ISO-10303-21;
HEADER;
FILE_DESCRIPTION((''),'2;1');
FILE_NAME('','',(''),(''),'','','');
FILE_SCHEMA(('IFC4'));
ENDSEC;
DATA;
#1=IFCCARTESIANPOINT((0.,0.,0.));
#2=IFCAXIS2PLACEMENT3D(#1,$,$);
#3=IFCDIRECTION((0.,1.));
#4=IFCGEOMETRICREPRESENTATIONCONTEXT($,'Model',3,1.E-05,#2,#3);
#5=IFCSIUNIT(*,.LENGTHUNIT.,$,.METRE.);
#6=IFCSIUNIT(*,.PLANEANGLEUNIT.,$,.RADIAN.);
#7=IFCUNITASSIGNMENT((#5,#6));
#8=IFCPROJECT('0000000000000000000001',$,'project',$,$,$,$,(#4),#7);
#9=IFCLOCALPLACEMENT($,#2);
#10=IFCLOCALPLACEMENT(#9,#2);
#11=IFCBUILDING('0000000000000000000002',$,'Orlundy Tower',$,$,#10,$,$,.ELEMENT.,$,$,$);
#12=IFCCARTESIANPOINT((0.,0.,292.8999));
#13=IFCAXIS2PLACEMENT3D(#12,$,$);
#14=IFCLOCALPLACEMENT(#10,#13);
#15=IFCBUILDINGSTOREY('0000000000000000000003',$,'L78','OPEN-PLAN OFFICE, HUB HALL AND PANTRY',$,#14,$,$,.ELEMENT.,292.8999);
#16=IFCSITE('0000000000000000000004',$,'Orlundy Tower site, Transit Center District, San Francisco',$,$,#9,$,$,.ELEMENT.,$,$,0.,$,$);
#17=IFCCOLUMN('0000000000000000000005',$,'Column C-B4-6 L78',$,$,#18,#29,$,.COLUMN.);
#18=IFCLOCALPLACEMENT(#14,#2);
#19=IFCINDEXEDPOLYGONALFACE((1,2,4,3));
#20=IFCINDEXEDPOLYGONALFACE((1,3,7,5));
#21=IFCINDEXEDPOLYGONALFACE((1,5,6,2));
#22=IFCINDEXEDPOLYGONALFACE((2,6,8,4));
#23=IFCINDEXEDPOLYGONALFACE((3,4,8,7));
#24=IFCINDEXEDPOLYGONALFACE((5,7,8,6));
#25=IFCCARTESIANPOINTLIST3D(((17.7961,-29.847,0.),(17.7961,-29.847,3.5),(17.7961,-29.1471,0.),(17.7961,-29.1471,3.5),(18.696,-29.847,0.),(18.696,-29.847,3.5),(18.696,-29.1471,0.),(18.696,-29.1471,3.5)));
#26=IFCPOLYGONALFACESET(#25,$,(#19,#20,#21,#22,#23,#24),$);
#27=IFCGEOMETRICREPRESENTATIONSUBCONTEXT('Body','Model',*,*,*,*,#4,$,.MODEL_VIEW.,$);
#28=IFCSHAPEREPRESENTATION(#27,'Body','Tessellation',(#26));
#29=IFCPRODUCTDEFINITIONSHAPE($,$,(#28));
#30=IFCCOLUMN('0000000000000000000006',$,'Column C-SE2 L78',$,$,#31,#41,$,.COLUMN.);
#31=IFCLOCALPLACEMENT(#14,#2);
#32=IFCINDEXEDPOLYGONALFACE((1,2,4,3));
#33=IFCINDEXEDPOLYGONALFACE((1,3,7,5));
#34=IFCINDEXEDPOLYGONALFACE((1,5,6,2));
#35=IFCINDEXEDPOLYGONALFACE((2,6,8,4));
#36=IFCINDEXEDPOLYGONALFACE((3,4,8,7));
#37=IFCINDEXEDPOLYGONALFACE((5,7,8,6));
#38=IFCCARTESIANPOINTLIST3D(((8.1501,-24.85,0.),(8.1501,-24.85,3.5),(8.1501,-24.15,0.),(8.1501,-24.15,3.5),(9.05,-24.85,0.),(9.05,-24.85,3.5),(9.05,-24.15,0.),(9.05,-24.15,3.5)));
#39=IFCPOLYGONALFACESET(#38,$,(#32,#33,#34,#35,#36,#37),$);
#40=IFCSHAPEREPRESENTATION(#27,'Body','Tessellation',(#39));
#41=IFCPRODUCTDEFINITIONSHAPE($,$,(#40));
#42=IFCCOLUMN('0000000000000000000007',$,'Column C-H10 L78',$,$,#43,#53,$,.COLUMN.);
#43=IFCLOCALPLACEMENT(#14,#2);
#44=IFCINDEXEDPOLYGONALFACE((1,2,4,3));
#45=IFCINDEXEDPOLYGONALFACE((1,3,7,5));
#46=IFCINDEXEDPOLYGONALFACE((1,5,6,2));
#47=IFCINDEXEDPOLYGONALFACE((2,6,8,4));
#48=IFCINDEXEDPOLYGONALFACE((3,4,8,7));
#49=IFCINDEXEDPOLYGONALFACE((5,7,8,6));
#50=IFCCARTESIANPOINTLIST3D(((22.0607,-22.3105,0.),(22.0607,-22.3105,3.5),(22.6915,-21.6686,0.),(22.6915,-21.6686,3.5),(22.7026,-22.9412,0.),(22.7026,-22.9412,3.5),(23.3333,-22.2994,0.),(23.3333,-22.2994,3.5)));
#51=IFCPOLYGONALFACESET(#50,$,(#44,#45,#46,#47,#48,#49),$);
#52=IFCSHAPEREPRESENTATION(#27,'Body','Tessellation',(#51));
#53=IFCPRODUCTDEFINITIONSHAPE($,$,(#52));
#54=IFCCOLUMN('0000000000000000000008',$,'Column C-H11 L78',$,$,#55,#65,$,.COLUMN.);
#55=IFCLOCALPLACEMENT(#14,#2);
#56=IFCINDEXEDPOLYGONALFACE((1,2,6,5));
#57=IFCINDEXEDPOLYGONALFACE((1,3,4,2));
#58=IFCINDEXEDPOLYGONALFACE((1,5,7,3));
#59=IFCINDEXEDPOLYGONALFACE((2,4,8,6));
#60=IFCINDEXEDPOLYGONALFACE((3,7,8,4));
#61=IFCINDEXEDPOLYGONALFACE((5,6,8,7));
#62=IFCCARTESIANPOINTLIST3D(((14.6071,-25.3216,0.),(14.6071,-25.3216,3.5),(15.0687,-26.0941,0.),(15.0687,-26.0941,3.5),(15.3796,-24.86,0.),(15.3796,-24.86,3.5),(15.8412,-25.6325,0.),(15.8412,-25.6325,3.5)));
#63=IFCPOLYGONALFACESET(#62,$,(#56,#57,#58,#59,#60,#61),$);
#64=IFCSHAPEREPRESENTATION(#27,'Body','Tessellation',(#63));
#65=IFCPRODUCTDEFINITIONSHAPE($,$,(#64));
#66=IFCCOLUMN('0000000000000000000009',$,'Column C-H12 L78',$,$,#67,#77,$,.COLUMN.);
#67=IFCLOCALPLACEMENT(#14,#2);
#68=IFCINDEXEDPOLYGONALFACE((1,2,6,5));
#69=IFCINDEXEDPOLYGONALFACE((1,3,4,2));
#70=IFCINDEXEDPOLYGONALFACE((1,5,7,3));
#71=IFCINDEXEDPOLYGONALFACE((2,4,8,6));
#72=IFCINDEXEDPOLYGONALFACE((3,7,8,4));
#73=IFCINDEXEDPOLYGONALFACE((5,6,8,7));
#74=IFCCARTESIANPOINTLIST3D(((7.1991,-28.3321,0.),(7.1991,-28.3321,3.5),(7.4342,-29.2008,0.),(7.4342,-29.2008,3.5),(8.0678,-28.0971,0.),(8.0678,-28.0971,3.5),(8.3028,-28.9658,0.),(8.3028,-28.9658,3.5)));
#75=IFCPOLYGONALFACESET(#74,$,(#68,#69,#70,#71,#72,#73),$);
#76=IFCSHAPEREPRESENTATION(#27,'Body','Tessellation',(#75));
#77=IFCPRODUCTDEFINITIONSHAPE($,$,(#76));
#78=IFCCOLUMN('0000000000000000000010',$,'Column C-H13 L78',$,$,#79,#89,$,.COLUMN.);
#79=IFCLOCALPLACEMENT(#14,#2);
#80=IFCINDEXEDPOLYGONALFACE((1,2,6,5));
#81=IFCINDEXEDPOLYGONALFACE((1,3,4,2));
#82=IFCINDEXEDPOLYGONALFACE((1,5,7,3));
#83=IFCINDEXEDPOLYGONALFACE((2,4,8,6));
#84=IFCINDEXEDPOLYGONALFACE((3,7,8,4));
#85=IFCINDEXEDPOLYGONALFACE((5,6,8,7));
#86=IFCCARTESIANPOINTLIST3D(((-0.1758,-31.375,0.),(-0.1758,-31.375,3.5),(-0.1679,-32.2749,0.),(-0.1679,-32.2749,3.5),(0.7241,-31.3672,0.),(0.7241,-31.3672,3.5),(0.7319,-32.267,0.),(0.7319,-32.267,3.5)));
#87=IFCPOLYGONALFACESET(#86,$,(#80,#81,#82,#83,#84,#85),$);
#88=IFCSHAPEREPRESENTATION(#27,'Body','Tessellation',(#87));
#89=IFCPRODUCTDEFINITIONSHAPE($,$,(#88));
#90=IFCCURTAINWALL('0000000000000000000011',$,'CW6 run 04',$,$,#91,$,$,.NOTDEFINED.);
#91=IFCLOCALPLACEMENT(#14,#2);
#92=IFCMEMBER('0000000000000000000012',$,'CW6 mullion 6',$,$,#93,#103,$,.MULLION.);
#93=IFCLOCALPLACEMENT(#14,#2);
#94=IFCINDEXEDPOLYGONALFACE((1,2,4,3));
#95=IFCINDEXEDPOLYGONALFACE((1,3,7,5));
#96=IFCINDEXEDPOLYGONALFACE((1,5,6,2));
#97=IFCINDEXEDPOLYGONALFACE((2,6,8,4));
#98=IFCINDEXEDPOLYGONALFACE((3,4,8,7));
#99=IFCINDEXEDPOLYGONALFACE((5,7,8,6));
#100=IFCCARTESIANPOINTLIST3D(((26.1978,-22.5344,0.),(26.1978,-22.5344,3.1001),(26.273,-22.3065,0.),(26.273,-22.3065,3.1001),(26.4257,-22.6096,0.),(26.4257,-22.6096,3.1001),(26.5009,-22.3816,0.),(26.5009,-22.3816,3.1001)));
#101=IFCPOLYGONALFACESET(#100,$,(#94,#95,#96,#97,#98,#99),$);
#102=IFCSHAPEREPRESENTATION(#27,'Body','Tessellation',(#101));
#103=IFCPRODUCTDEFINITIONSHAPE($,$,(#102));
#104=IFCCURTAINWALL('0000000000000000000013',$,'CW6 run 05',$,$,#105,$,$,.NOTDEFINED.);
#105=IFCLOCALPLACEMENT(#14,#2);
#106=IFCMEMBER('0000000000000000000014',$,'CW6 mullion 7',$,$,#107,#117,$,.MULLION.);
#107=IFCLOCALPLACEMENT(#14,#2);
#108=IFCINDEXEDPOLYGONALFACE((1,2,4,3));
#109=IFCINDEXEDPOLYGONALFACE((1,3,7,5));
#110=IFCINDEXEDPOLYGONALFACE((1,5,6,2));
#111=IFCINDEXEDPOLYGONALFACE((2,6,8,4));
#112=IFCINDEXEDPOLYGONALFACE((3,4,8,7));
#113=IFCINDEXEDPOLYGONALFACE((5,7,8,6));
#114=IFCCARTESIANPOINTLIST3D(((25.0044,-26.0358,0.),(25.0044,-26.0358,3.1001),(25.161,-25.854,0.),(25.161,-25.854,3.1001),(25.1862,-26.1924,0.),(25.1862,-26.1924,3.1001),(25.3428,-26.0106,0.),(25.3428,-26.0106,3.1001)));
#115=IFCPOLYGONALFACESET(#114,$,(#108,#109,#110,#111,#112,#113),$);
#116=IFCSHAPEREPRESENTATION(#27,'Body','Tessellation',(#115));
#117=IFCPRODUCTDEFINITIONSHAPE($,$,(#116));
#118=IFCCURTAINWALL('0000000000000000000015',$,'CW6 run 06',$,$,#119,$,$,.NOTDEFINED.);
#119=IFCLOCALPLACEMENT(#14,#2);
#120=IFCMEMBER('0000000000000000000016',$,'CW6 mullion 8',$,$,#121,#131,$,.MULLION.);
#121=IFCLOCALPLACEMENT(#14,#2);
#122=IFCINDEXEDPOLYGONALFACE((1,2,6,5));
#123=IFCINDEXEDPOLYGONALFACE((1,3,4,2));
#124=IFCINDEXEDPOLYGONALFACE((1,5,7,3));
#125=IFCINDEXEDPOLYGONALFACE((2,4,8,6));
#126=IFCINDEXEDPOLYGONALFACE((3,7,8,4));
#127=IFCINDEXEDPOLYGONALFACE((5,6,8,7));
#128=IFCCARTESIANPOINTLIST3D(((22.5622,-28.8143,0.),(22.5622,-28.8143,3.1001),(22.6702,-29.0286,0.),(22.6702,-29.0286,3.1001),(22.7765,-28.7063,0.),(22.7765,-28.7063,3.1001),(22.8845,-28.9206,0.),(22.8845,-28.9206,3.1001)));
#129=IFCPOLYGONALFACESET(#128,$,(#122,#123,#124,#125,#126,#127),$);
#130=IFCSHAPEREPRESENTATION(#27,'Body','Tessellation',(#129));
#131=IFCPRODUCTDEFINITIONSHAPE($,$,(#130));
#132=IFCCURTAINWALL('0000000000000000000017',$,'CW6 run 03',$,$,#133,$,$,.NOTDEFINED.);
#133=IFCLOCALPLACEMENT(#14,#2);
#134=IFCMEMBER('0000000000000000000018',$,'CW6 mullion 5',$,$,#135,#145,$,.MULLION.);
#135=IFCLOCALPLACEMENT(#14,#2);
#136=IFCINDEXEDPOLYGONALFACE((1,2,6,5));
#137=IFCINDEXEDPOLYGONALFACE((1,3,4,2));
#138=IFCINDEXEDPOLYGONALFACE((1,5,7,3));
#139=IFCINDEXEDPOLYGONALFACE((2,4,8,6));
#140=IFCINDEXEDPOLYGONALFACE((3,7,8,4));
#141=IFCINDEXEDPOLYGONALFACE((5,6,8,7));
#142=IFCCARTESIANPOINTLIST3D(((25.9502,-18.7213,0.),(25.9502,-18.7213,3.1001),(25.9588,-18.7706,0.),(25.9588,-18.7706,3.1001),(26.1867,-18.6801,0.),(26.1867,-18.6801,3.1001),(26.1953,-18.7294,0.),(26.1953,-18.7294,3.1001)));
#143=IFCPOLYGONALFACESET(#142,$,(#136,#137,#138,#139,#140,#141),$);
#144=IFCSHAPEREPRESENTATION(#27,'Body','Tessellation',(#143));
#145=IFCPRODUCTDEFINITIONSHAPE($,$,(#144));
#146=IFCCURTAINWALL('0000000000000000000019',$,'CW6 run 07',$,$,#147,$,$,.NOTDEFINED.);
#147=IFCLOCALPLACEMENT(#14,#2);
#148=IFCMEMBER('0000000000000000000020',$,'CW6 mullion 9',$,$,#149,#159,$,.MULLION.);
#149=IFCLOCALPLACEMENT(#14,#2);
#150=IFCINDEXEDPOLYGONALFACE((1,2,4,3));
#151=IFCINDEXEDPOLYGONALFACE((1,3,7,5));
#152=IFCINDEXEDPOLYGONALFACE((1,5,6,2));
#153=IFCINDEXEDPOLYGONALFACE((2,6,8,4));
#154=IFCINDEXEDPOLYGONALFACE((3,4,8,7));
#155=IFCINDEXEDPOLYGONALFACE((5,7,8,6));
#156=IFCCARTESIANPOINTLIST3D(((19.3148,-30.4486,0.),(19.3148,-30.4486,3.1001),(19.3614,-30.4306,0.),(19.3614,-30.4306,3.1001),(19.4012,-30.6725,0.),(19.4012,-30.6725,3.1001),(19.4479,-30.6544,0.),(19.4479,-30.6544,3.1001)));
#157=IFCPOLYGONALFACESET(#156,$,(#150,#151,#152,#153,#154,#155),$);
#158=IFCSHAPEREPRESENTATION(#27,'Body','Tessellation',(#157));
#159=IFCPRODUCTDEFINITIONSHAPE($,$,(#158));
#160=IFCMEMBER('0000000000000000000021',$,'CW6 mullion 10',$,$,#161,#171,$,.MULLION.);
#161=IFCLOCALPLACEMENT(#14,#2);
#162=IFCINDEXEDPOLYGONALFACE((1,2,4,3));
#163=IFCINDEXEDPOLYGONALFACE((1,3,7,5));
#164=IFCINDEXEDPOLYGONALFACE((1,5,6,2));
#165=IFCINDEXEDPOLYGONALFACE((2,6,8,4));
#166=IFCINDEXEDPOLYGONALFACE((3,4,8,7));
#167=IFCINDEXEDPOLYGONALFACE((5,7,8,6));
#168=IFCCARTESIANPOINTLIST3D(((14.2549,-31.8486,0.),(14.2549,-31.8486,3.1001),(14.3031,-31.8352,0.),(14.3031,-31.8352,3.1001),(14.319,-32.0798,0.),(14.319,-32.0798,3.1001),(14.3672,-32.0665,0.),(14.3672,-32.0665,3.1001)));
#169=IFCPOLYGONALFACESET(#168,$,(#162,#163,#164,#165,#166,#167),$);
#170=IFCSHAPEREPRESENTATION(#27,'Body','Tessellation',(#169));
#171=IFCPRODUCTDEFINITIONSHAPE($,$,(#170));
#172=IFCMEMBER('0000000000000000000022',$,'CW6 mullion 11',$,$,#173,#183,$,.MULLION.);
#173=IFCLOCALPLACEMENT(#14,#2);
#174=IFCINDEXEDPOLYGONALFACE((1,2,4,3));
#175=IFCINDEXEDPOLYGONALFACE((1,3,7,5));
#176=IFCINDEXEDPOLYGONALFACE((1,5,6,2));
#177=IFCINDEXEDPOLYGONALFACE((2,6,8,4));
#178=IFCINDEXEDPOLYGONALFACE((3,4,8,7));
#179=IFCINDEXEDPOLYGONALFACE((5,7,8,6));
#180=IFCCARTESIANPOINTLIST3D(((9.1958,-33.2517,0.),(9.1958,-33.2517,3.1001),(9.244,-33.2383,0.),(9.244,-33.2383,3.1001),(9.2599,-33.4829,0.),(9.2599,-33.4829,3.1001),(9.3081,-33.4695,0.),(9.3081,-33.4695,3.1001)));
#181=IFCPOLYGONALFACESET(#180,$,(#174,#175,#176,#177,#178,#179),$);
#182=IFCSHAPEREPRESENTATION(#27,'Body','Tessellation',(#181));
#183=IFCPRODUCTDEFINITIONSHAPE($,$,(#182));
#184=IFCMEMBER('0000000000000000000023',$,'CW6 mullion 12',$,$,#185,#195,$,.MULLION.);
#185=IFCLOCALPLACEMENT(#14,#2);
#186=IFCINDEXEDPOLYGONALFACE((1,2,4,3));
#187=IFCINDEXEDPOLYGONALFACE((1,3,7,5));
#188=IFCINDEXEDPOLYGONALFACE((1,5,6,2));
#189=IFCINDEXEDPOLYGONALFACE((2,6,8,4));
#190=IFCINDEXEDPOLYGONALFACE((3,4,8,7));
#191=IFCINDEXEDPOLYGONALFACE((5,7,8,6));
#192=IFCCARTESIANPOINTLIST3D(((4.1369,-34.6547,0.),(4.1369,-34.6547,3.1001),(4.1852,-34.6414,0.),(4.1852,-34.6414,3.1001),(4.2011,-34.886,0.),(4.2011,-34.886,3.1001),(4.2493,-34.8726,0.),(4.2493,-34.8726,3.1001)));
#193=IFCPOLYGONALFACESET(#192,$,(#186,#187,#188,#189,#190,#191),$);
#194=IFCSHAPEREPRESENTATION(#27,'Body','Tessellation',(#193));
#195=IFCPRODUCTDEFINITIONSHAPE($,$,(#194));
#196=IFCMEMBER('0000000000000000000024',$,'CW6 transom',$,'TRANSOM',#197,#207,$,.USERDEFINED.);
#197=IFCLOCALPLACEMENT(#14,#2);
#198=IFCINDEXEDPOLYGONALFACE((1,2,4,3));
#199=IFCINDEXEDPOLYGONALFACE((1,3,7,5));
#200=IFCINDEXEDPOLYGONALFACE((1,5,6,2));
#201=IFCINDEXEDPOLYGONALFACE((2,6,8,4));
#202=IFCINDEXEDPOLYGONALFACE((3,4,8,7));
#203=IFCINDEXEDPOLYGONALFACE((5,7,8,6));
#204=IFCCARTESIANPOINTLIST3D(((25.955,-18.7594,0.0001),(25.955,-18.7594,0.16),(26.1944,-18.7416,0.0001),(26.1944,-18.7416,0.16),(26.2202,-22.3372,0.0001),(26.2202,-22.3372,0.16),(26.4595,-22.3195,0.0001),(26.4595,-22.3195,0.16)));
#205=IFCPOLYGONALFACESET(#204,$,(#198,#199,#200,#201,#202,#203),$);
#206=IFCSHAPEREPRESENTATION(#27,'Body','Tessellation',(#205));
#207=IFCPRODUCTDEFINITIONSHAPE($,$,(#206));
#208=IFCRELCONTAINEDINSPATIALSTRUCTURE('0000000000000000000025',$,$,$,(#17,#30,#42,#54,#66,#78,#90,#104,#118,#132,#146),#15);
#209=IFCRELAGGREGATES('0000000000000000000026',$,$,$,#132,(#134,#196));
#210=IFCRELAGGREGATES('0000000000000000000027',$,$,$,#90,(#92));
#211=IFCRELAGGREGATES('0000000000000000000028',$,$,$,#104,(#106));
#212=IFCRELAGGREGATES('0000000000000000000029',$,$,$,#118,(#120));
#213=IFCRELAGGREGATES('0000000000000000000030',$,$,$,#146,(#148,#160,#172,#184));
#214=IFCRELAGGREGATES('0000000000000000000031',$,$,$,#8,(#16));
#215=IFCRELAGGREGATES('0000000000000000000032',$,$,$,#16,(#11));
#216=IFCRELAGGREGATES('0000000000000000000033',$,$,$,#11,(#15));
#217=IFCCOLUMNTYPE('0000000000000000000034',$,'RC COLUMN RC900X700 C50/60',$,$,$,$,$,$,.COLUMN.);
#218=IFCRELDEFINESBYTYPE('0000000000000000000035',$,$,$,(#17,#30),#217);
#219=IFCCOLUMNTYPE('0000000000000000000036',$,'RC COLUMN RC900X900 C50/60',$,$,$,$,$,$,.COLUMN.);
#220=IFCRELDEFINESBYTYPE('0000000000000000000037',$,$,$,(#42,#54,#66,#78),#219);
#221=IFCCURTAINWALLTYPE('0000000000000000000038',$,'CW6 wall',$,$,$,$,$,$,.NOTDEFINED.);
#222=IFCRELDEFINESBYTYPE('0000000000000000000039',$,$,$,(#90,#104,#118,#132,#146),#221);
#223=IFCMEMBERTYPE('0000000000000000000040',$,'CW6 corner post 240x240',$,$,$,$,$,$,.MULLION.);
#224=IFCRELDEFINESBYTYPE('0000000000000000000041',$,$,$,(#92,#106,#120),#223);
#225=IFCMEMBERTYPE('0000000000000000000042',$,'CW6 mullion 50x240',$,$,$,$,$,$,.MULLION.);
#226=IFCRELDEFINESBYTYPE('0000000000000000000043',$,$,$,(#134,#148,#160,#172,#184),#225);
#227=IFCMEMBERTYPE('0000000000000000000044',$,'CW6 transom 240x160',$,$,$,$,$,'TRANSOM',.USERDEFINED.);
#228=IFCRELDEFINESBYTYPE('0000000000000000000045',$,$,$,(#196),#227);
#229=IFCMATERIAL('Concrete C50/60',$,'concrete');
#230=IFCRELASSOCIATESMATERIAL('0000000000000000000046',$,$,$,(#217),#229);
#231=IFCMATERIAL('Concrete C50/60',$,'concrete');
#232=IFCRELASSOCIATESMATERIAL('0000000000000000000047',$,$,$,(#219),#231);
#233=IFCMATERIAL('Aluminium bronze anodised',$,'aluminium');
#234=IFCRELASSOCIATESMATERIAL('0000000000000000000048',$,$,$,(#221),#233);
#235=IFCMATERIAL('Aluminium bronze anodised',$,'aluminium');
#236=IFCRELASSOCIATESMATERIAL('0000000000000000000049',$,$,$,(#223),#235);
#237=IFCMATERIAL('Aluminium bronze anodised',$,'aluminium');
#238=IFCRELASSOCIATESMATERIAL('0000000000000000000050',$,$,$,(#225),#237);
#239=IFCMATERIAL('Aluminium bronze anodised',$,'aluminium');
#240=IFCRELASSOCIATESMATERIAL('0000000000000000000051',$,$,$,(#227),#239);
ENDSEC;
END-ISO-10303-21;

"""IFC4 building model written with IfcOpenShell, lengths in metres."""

from ifc_helpers import new_model, si_unit, direction, frame, origin, origin_2d, place, context, subcontext, project, spatial, rectangle, extrude, material, material_profile, profile_set, type_object, element, aggregate, save


model = new_model("IFC4")

# Units and contexts
model_context = context("Model", 3, precision=1e-05, world=origin(), true_north=direction((0.0, 1.0)))
body_context = subcontext(model_context, "Body", "Model", "MODEL_VIEW")
ifc_project = project(units=[si_unit("LENGTHUNIT", "METRE"), si_unit("PLANEANGLEUNIT", "RADIAN")], contexts=[model_context])

# Site, building, storey
site_placement = place(None, origin())
site = spatial("IfcSite", under=ifc_project, at=site_placement, Name="Orlundy Tower site, Transit Center District, San Francisco", CompositionType="ELEMENT", RefElevation=0.0)
building_placement = place(site_placement, origin())
building = spatial("IfcBuilding", under=site, at=building_placement, Name="Orlundy Tower", CompositionType="ELEMENT")
storey_placement = place(building_placement, frame((0.0, 0.0, 292.8999)))
storey = spatial("IfcBuildingStorey", under=building, at=storey_placement, Name="L78", Description="OPEN-PLAN OFFICE, HUB HALL AND PANTRY", CompositionType="ELEMENT", Elevation=292.8999)

# Columns
ifc_material_1 = material(Name="Concrete C50/60", Category="concrete")
ifc_material_profile_1 = material_profile(ifc_material_1, rectangle(XDim=0.8999, YDim=0.7, at=origin_2d()), Name="RC900X700")
ifc_profile_set_1 = profile_set([ifc_material_profile_1], Name="Concrete C50/60")
column_type_1 = type_object("IfcColumnType", Name="RC COLUMN RC900X700 C50/60", PredefinedType="COLUMN", material=ifc_profile_set_1)
for number, where, z_axis, x_axis, name in (
    (1, (18.2461, -29.4971, 0.0), (0.0, 0.0, 1.0), (1.0, 0.0, 0.0), "Column C-B4-6 L78"),
    (2, (8.6001, -24.5, 0.0), (0.0, 0.0, 1.0), (1.0, 0.0, 0.0), "Column C-SE2 L78"),
):
    element("IfcColumn", number, at=place(storey_placement, frame(where, z_axis=z_axis, x_axis=x_axis)), inside=storey, type_object=column_type_1, Name=name, PredefinedType="COLUMN", context=body_context, shape_type="SweptSolid", body=[
        extrude(rectangle(XDim=0.8999, YDim=0.7, at=origin_2d()), origin(), (0.0, 0.0, 1.0), 3.5),
    ])
ifc_material_2 = material(Name="Concrete C50/60", Category="concrete")
ifc_material_profile_2 = material_profile(ifc_material_2, rectangle(XDim=0.8999, YDim=0.8999, at=origin_2d()), Name="RC900X900")
ifc_profile_set_2 = profile_set([ifc_material_profile_2], Name="Concrete C50/60")
column_type_2 = type_object("IfcColumnType", Name="RC COLUMN RC900X900 C50/60", PredefinedType="COLUMN", material=ifc_profile_set_2)
for number, where, z_axis, x_axis, name in (
    (3, (22.697, -22.3049, 0.0), (0.0, 0.0, 1.0), (0.713238, -0.700922, 0.0), "Column C-H10 L78"),
    (4, (15.2241, -25.4771, 0.0), (0.0, 0.0, 1.0), (0.512957, -0.858414, 0.0), "Column C-H11 L78"),
    (5, (7.751, -28.6489, 0.0), (0.0, 0.0, 1.0), (0.261162, -0.965295, 0.0), "Column C-H12 L78"),
    (6, (0.2781, -31.821, 0.0), (0.0, 0.0, 1.0), (0.008744, -0.999962, 0.0), "Column C-H13 L78"),
):
    element("IfcColumn", number, at=place(storey_placement, frame(where, z_axis=z_axis, x_axis=x_axis)), inside=storey, type_object=column_type_2, Name=name, PredefinedType="COLUMN", context=body_context, shape_type="SweptSolid", body=[
        extrude(rectangle(XDim=0.8999, YDim=0.8999, at=origin_2d()), origin(), (0.0, 0.0, 1.0), 3.5),
    ])

# Curtain walls, members
ifc_material_3 = material(Name="Aluminium bronze anodised", Category="aluminium")
curtain_wall_type = type_object("IfcCurtainWallType", Name="CW6 wall", PredefinedType="NOTDEFINED", material=ifc_material_3)
curtain_wall_1_placement = place(storey_placement, origin())
curtain_wall_1 = element("IfcCurtainWall", 7, at=curtain_wall_1_placement, inside=storey, type_object=curtain_wall_type, Name="CW6 run 04", PredefinedType="NOTDEFINED")
ifc_material_4 = material(Name="Aluminium bronze anodised", Category="aluminium")
ifc_material_profile_3 = material_profile(ifc_material_4, rectangle(XDim=0.24, YDim=0.24, at=origin_2d()), Name="CW6 corner post 240x240")
ifc_profile_set_3 = profile_set([ifc_material_profile_3], Name="Aluminium bronze anodised")
member_type_1 = type_object("IfcMemberType", Name="CW6 corner post 240x240", PredefinedType="MULLION", material=ifc_profile_set_3)
member_1_placement = place(storey_placement, frame((26.3494, -22.458, 0.0), z_axis=(0.0, 0.0, 1.0), x_axis=(0.949677, -0.313231, 0.0)))
member_1 = element("IfcMember", 8, at=member_1_placement, type_object=member_type_1, Name="CW6 mullion 6", PredefinedType="MULLION", context=body_context, shape_type="SweptSolid", body=[
    extrude(rectangle(XDim=0.24, YDim=0.24, at=origin_2d()), origin(), (0.0, 0.0, 1.0), 3.1001),
])
curtain_wall_2_placement = place(storey_placement, origin())
curtain_wall_2 = element("IfcCurtainWall", 9, at=curtain_wall_2_placement, inside=storey, type_object=curtain_wall_type, Name="CW6 run 05", PredefinedType="NOTDEFINED")
member_2_placement = place(storey_placement, frame((25.1736, -26.0232, 0.0), z_axis=(0.0, 0.0, 1.0), x_axis=(0.757635, -0.652678, 0.0)))
member_2 = element("IfcMember", 10, at=member_2_placement, type_object=member_type_1, Name="CW6 mullion 7", PredefinedType="MULLION", context=body_context, shape_type="SweptSolid", body=[
    extrude(rectangle(XDim=0.24, YDim=0.24, at=origin_2d()), origin(), (0.0, 0.0, 1.0), 3.1001),
])
curtain_wall_3_placement = place(storey_placement, origin())
curtain_wall_3 = element("IfcCurtainWall", 11, at=curtain_wall_3_placement, inside=storey, type_object=curtain_wall_type, Name="CW6 run 06", PredefinedType="NOTDEFINED")
member_3_placement = place(storey_placement, frame((22.7234, -28.8674, 0.0), z_axis=(0.0, 0.0, 1.0), x_axis=(0.450017, -0.89302, 0.0)))
member_3 = element("IfcMember", 12, at=member_3_placement, type_object=member_type_1, Name="CW6 mullion 8", PredefinedType="MULLION", context=body_context, shape_type="SweptSolid", body=[
    extrude(rectangle(XDim=0.24, YDim=0.24, at=origin_2d()), origin(), (0.0, 0.0, 1.0), 3.1001),
])
curtain_wall_4_placement = place(storey_placement, origin())
curtain_wall_4 = element("IfcCurtainWall", 13, at=curtain_wall_4_placement, inside=storey, type_object=curtain_wall_type, Name="CW6 run 03", PredefinedType="NOTDEFINED")
ifc_material_5 = material(Name="Aluminium bronze anodised", Category="aluminium")
ifc_material_profile_4 = material_profile(ifc_material_5, rectangle(XDim=0.24, YDim=0.05, at=origin_2d()), Name="CW6 mullion 50x240")
ifc_profile_set_4 = profile_set([ifc_material_profile_4], Name="Aluminium bronze anodised")
member_type_2 = type_object("IfcMemberType", Name="CW6 mullion 50x240", PredefinedType="MULLION", material=ifc_profile_set_4)
member_4_placement = place(storey_placement, frame((26.0728, -18.7253, 0.0), z_axis=(0.0, 0.0, 1.0), x_axis=(0.985188, 0.171476, 0.0)))
member_4 = element("IfcMember", 14, at=member_4_placement, type_object=member_type_2, Name="CW6 mullion 5", PredefinedType="MULLION", context=body_context, shape_type="SweptSolid", body=[
    extrude(rectangle(XDim=0.24, YDim=0.05, at=origin_2d()), origin(), (0.0, 0.0, 1.0), 3.1001),
])

# Curtain wall, members
curtain_wall_5_placement = place(storey_placement, origin())
curtain_wall_5 = element("IfcCurtainWall", 15, at=curtain_wall_5_placement, inside=storey, type_object=curtain_wall_type, Name="CW6 run 07", PredefinedType="NOTDEFINED")
member_5_placement = place(storey_placement, frame((19.3813, -30.5515, 0.0), z_axis=(0.0, 0.0, 1.0), x_axis=(0.360363, -0.932812, 0.0)))
member_5 = element("IfcMember", 16, at=member_5_placement, type_object=member_type_2, Name="CW6 mullion 9", PredefinedType="MULLION", context=body_context, shape_type="SweptSolid", body=[
    extrude(rectangle(XDim=0.24, YDim=0.05, at=origin_2d()), origin(), (0.0, 0.0, 1.0), 3.1001),
])
member_6_placement = place(storey_placement, frame((14.311, -31.9575, 0.0), z_axis=(0.0, 0.0, 1.0), x_axis=(0.267241, -0.96363, 0.0)))
member_6 = element("IfcMember", 17, at=member_6_placement, type_object=member_type_2, Name="CW6 mullion 10", PredefinedType="MULLION", context=body_context, shape_type="SweptSolid", body=[
    extrude(rectangle(XDim=0.24, YDim=0.05, at=origin_2d()), origin(), (0.0, 0.0, 1.0), 3.1001),
])
member_7_placement = place(storey_placement, frame((9.252, -33.3606, 0.0), z_axis=(0.0, 0.0, 1.0), x_axis=(0.267241, -0.96363, 0.0)))
member_7 = element("IfcMember", 18, at=member_7_placement, type_object=member_type_2, Name="CW6 mullion 11", PredefinedType="MULLION", context=body_context, shape_type="SweptSolid", body=[
    extrude(rectangle(XDim=0.24, YDim=0.05, at=origin_2d()), origin(), (0.0, 0.0, 1.0), 3.1001),
])
member_8_placement = place(storey_placement, frame((4.1931, -34.7637, 0.0), z_axis=(0.0, 0.0, 1.0), x_axis=(0.267241, -0.96363, 0.0)))
member_8 = element("IfcMember", 19, at=member_8_placement, type_object=member_type_2, Name="CW6 mullion 12", PredefinedType="MULLION", context=body_context, shape_type="SweptSolid", body=[
    extrude(rectangle(XDim=0.24, YDim=0.05, at=origin_2d()), origin(), (0.0, 0.0, 1.0), 3.1001),
])

# Member
ifc_material_6 = material(Name="Aluminium bronze anodised", Category="aluminium")
ifc_material_profile_5 = material_profile(ifc_material_6, rectangle(XDim=0.24, YDim=0.1599, at=origin_2d()), Name="CW6 transom 240x160")
ifc_profile_set_5 = profile_set([ifc_material_profile_5], Name="Aluminium bronze anodised")
member_type_3 = type_object("IfcMemberType", Name="CW6 transom 240x160", ElementType="TRANSOM", PredefinedType="USERDEFINED", material=ifc_profile_set_5)
member_9_placement = place(storey_placement, frame((26.0747, -18.7505, 0.0801), z_axis=(0.073902, -0.997266, 0.0), x_axis=(0.997266, 0.073902, 0.0)))
member_9 = element("IfcMember", 20, at=member_9_placement, type_object=member_type_3, Name="CW6 transom", ObjectType="TRANSOM", PredefinedType="USERDEFINED", context=body_context, shape_type="SweptSolid", body=[
    extrude(rectangle(XDim=0.24, YDim=0.1599, at=origin_2d()), origin(), (0.0, 0.0, 1.0), 3.5876),
])

aggregate(curtain_wall_4, [member_4, member_9])
aggregate(curtain_wall_1, [member_1])
aggregate(curtain_wall_2, [member_2])
aggregate(curtain_wall_3, [member_3])
aggregate(curtain_wall_5, [member_5, member_6, member_7, member_8])

save(model, "model.ifc")
